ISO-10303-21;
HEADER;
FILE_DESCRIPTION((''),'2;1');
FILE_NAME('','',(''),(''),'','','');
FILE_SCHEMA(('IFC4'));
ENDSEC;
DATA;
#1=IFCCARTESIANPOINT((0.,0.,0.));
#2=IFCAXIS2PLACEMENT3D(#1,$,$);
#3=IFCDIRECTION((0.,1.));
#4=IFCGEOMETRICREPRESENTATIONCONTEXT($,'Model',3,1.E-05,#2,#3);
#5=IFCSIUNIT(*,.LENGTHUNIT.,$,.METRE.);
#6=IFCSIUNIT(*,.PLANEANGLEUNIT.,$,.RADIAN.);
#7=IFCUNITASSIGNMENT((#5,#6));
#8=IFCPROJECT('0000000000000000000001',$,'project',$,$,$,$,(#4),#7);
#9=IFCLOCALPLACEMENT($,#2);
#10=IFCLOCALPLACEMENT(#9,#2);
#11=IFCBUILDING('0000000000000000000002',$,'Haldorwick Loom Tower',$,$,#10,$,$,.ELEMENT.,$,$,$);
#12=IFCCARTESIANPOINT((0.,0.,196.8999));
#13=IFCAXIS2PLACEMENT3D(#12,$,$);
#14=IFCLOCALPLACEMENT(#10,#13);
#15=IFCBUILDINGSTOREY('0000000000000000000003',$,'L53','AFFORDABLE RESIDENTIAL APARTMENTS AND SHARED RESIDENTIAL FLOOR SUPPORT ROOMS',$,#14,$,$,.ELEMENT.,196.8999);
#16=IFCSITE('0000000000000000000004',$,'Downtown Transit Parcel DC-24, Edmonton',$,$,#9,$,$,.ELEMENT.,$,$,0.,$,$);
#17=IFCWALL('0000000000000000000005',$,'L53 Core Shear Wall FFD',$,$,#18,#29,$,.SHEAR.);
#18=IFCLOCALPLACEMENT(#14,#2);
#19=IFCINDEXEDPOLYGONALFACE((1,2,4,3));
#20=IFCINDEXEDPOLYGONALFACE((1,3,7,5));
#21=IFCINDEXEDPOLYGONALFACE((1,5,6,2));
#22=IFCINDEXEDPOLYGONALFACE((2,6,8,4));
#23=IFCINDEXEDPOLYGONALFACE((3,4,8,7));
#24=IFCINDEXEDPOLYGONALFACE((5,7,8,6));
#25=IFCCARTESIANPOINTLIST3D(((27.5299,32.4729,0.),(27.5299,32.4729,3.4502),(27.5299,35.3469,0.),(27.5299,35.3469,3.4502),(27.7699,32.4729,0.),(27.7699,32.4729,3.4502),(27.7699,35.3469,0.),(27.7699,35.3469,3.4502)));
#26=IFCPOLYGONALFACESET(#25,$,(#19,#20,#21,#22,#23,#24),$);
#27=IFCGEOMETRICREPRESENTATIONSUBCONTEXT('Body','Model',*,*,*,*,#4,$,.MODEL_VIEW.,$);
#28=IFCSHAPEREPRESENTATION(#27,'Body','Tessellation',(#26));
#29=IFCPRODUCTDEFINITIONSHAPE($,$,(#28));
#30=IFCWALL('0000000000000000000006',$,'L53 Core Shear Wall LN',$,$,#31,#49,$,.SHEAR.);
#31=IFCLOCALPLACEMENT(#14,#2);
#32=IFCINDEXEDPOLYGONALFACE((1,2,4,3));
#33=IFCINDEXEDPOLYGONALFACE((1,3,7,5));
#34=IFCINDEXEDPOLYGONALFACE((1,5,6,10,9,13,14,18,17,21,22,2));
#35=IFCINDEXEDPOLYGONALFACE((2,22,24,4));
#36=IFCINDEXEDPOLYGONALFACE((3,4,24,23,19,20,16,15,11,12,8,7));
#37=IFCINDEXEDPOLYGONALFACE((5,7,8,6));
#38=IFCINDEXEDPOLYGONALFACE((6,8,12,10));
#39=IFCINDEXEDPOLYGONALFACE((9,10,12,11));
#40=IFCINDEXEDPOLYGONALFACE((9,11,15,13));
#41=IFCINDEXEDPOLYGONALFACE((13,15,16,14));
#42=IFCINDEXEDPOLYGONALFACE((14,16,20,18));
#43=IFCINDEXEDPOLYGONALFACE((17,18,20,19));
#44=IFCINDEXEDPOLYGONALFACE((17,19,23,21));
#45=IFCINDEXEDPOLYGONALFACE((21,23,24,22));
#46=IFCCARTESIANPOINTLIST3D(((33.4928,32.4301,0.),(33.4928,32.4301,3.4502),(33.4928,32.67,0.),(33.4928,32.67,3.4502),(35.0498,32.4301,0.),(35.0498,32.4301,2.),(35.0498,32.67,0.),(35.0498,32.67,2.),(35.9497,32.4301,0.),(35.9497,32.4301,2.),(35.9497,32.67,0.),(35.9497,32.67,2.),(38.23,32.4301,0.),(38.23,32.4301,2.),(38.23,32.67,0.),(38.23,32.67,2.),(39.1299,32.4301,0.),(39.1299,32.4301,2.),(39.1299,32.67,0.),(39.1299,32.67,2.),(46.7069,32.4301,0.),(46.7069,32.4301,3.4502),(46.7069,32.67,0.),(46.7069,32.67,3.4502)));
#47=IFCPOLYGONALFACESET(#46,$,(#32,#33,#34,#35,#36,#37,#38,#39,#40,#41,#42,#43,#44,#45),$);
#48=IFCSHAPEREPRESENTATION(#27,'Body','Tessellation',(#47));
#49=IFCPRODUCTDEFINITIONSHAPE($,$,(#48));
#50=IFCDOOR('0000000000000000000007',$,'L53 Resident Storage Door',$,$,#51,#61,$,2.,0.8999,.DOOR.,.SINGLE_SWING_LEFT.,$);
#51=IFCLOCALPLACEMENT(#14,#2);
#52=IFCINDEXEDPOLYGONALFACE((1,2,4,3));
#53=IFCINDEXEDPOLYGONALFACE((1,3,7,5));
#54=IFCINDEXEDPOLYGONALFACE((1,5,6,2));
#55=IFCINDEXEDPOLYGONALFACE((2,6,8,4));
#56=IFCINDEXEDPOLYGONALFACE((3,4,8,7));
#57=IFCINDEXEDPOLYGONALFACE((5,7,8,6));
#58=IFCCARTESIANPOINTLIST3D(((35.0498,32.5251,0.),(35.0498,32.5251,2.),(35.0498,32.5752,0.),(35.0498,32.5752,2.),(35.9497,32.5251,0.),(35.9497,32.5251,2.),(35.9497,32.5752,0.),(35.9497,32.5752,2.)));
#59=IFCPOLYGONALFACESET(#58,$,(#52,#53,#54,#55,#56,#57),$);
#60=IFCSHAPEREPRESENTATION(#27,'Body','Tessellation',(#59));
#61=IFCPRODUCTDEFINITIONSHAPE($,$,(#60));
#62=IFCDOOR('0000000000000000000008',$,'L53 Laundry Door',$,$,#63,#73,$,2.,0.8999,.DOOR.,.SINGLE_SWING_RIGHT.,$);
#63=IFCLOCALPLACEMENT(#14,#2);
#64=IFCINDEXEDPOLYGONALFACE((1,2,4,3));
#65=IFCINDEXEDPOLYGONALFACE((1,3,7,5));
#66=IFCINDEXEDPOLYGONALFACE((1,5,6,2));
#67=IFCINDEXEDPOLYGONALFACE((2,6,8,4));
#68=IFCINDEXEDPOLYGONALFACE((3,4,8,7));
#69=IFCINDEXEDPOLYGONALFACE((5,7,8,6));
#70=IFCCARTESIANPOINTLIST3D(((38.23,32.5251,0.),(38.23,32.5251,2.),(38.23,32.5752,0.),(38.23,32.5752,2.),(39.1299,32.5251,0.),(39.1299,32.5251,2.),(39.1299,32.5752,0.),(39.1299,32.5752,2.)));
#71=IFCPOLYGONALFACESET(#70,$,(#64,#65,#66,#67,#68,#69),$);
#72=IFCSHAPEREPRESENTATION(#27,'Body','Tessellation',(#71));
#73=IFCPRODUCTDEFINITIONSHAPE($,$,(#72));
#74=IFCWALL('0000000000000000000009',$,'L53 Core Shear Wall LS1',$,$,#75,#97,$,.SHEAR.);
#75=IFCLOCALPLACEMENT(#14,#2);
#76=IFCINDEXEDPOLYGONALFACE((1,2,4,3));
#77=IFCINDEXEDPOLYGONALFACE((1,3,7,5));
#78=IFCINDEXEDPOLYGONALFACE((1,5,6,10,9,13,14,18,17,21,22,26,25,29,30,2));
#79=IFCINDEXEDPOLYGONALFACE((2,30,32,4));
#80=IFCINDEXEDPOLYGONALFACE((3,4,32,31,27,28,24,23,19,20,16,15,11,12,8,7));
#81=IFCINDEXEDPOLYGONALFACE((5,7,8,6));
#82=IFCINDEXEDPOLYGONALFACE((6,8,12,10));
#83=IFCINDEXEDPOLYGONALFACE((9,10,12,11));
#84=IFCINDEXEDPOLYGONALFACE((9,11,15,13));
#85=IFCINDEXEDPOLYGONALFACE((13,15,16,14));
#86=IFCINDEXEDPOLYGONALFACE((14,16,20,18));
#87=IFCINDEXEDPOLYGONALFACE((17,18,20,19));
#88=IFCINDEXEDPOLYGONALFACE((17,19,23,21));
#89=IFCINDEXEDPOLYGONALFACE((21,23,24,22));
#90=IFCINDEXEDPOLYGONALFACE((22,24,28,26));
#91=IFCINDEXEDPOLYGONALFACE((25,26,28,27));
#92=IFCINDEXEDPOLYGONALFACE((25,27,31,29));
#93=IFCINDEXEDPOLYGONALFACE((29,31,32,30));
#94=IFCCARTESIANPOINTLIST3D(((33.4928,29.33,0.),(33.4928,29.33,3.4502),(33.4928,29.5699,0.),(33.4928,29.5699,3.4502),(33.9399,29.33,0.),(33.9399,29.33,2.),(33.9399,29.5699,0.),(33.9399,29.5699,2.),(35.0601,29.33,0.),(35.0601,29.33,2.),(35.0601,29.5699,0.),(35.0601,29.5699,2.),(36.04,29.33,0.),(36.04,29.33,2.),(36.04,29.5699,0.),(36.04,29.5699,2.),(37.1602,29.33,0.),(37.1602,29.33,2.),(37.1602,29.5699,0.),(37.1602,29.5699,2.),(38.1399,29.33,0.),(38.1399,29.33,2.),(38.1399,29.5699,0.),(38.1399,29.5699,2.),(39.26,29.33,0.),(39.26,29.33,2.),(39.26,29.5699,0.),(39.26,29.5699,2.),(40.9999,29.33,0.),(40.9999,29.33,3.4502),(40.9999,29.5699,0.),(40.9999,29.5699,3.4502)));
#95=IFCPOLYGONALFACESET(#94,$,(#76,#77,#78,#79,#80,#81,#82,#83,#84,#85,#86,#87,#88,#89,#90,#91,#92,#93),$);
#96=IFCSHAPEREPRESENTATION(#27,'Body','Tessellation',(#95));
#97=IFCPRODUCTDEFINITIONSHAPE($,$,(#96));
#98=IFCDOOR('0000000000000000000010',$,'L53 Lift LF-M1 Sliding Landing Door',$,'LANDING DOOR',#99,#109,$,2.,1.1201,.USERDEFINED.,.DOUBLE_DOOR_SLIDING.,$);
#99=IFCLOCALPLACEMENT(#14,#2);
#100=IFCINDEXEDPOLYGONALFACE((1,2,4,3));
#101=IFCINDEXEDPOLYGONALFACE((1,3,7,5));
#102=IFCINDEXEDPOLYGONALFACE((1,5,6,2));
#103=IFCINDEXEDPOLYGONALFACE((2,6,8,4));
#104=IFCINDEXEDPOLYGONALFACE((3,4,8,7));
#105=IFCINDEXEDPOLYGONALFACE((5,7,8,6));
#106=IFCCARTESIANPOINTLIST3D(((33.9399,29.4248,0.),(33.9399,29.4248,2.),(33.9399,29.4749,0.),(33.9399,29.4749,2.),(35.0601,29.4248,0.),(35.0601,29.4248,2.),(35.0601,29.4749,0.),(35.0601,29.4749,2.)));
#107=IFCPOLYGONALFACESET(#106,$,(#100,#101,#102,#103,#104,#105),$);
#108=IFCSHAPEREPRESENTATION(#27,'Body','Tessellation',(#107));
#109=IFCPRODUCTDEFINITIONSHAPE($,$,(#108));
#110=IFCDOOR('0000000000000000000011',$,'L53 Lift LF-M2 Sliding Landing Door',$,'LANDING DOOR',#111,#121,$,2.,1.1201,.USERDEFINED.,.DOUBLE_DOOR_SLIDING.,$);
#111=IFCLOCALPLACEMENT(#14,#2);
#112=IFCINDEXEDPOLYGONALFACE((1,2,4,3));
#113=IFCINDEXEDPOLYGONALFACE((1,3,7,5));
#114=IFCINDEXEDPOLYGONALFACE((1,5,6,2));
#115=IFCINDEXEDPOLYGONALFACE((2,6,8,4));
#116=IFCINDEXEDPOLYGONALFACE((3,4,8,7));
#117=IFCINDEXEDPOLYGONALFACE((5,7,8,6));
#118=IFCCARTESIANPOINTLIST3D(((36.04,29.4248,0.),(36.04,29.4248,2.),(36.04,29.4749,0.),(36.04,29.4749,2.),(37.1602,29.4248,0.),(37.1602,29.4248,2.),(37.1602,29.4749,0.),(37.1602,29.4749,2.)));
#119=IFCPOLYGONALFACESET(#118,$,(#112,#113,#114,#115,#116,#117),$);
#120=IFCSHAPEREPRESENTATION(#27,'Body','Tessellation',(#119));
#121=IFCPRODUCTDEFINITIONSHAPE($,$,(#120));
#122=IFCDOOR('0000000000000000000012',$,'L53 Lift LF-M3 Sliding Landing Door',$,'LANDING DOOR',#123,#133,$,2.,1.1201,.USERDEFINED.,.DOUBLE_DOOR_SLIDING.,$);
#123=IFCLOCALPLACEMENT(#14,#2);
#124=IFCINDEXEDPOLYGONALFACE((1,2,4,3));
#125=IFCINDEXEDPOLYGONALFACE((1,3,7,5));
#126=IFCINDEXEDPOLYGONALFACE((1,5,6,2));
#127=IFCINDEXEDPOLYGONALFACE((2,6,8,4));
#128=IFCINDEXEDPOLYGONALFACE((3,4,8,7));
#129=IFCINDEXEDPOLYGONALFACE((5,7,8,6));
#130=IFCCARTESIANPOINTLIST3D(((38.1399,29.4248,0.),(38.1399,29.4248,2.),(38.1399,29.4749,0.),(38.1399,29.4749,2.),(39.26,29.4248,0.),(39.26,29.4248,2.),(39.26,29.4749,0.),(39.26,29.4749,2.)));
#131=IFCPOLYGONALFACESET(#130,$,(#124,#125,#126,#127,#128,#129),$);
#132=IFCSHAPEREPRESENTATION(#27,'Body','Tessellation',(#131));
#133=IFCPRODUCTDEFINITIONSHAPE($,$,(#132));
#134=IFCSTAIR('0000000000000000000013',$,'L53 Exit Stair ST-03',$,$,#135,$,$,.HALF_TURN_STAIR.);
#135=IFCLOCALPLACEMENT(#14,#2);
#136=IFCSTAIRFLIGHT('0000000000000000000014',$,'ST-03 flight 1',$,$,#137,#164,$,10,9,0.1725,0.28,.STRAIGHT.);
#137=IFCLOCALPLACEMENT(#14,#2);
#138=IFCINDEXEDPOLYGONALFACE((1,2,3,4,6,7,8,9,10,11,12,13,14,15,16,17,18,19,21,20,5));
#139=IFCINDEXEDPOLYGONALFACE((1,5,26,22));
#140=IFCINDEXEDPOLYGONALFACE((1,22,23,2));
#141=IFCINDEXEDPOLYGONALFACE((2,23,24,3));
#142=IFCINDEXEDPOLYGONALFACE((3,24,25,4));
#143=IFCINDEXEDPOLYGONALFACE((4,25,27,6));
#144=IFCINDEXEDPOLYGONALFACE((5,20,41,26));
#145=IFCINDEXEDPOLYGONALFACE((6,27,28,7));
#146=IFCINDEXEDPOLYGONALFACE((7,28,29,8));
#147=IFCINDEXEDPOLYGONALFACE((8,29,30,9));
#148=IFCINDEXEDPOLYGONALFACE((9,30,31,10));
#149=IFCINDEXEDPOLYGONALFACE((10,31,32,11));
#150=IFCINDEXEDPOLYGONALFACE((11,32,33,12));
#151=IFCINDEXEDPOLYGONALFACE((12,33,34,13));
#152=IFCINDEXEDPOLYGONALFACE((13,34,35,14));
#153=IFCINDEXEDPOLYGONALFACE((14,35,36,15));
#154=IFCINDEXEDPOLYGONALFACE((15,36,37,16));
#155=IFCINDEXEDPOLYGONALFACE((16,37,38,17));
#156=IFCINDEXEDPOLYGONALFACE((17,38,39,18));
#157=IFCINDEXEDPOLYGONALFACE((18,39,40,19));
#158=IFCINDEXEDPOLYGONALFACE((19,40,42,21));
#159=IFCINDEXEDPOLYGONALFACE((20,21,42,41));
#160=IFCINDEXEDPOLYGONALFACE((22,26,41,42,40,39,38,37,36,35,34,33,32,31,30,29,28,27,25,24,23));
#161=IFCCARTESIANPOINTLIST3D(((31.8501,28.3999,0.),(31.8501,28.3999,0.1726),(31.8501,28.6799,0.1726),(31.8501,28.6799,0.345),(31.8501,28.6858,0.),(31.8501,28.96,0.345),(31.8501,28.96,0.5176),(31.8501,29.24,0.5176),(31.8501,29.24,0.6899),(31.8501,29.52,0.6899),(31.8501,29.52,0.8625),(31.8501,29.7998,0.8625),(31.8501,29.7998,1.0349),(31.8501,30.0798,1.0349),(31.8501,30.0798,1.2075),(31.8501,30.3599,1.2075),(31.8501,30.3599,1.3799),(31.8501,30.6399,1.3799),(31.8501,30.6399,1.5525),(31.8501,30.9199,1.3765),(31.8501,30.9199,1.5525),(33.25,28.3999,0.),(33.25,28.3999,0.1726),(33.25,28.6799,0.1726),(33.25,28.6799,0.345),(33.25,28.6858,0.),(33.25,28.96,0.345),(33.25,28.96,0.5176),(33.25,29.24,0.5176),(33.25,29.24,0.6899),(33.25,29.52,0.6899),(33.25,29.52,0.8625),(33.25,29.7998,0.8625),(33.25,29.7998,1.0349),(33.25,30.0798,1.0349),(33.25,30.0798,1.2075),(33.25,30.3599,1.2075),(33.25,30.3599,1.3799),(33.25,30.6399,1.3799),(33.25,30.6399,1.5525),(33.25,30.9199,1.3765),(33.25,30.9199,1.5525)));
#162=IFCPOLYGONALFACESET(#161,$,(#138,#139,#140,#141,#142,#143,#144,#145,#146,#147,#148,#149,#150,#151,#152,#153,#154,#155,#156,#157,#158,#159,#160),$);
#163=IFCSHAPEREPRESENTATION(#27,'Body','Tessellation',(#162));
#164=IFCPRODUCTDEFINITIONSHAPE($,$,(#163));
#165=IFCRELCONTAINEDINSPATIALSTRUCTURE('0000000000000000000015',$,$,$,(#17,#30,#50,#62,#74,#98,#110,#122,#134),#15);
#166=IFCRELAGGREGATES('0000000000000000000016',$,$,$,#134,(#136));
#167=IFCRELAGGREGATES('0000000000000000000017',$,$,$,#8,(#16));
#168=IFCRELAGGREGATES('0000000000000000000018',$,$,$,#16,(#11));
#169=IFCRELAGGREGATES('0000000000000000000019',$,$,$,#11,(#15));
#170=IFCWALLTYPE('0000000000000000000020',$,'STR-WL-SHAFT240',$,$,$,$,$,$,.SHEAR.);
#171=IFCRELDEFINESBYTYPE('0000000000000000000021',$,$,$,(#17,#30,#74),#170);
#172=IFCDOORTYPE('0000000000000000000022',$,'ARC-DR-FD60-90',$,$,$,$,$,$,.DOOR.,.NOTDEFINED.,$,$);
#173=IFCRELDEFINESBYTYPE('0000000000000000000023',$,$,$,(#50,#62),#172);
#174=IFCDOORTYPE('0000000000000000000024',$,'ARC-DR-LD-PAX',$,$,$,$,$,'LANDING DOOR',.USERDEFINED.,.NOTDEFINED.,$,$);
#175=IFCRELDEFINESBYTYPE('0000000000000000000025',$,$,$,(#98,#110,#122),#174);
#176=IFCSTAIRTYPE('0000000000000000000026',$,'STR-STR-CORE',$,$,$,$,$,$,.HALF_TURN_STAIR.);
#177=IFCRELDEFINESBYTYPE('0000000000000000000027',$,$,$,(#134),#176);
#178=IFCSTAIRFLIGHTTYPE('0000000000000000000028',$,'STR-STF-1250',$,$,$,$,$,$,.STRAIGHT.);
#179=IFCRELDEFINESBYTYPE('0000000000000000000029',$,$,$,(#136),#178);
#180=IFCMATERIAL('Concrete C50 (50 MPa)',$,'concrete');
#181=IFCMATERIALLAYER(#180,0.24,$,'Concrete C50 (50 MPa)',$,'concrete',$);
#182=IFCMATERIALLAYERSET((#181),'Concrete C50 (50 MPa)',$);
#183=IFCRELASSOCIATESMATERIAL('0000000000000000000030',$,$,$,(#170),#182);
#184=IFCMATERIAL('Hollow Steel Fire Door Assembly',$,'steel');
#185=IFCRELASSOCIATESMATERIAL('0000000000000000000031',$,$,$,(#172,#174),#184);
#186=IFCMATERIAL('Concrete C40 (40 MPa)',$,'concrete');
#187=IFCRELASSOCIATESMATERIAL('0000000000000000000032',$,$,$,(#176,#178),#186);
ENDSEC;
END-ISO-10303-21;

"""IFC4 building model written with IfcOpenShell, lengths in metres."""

from ifc_helpers import new_model, si_unit, direction, frame, frame_2d, origin, place, context, subcontext, project, spatial, polyline, rectangle, outline, extrude, material, layer, layer_set, type_object, element, fill, aggregate, save


model = new_model("IFC4")

# Units and contexts
model_context = context("Model", 3, precision=1e-05, world=origin(), true_north=direction((0.0, 1.0)))
body_context = subcontext(model_context, "Body", "Model", "MODEL_VIEW")
ifc_project = project(units=[si_unit("LENGTHUNIT", "METRE"), si_unit("PLANEANGLEUNIT", "RADIAN")], contexts=[model_context])

# Site, building, storey
site_placement = place(None, origin())
site = spatial("IfcSite", under=ifc_project, at=site_placement, Name="Downtown Transit Parcel DC-24, Edmonton", CompositionType="ELEMENT", RefElevation=0.0)
building_placement = place(site_placement, origin())
building = spatial("IfcBuilding", under=site, at=building_placement, Name="Haldorwick Loom Tower", CompositionType="ELEMENT")
storey_placement = place(building_placement, frame((0.0, 0.0, 196.8999)))
storey = spatial("IfcBuildingStorey", under=building, at=storey_placement, Name="L53", Description="AFFORDABLE RESIDENTIAL APARTMENTS AND SHARED RESIDENTIAL FLOOR SUPPORT ROOMS", CompositionType="ELEMENT", Elevation=196.8999)

# Shared definitions
ifc_material_1 = material(Name="Concrete C50 (50 MPa)", Category="concrete")
ifc_layer_1 = layer(ifc_material_1, 0.24, Name="Concrete C50 (50 MPa)", Category="concrete")
ifc_layer_set_1 = layer_set([ifc_layer_1], Name="Concrete C50 (50 MPa)")
wall_type_1 = type_object("IfcWallType", Name="STR-WL-SHAFT240", PredefinedType="SHEAR", material=ifc_layer_set_1)

# Shared definitions
ifc_material_2 = material(Name="Hollow Steel Fire Door Assembly", Category="steel")

# Wall
wall_1_placement = place(storey_placement, frame((27.6499, 32.4729, 0.0), z_axis=(0.0, 0.0, 1.0), x_axis=(0.0, 1.0, 0.0)))
element("IfcWall", 1, at=wall_1_placement, inside=storey, type_object=wall_type_1, Name="L53 Core Shear Wall FFD", PredefinedType="SHEAR", context=body_context, shape_type="SweptSolid", body=[
    extrude(rectangle(XDim=2.874, YDim=0.24, at=frame_2d((1.437, 0.0))), origin(), (0.0, 0.0, 1.0), 3.4502),
])

# Walls, openings, doors
wall_2_placement = place(storey_placement, frame((33.4929, 32.55, 0.0), z_axis=(0.0, 0.0, 1.0), x_axis=(1.0, 0.0, 0.0)))
wall_2 = element("IfcWall", 2, at=wall_2_placement, inside=storey, type_object=wall_type_1, Name="L53 Core Shear Wall LN", PredefinedType="SHEAR", context=body_context, shape_type="SweptSolid", body=[
    extrude(rectangle(XDim=13.2141, YDim=0.24, at=frame_2d((6.6069, 0.0))), origin(), (0.0, 0.0, 1.0), 3.4502),
])
opening_1_placement = place(wall_2_placement, frame((1.5569, 0.0, 0.0)))
opening_1 = element("IfcOpeningElement", 3, at=opening_1_placement, cuts=wall_2, PredefinedType="OPENING", context=body_context, shape_type="SweptSolid", body=[
    extrude(rectangle(XDim=0.8999, YDim=2.0, at=frame_2d((0.45, 1.0))), frame((0.0, 0.1299, 0.0), z_axis=(0.0, -1.0, 0.0), x_axis=(1.0, 0.0, 0.0)), (0.0, 0.0, 1.0), 0.26),
])
opening_2_placement = place(wall_2_placement, frame((4.7371, 0.0, 0.0)))
opening_2 = element("IfcOpeningElement", 4, at=opening_2_placement, cuts=wall_2, PredefinedType="OPENING", context=body_context, shape_type="SweptSolid", body=[
    extrude(rectangle(XDim=0.8999, YDim=2.0, at=frame_2d((0.45, 1.0))), frame((0.0, 0.1299, 0.0), z_axis=(0.0, -1.0, 0.0), x_axis=(1.0, 0.0, 0.0)), (0.0, 0.0, 1.0), 0.26),
])
door_type_1 = type_object("IfcDoorType", Name="ARC-DR-FD60-90", OperationType="NOTDEFINED", PredefinedType="DOOR", material=ifc_material_2)
door_1_placement = place(opening_1_placement, frame((0.8999, 0.0, 0.0), z_axis=(0.0, 0.0, 1.0), x_axis=(-1.0, 0.0, 0.0)))
door_1 = element("IfcDoor", 5, at=door_1_placement, inside=storey, type_object=door_type_1, Name="L53 Resident Storage Door", OperationType="SINGLE_SWING_LEFT", OverallHeight=2.0, OverallWidth=0.8999, PredefinedType="DOOR", context=body_context, shape_type="SweptSolid", body=[
    extrude(rectangle(XDim=0.8999, YDim=2.0, at=frame_2d((0.45, 1.0))), frame((0.0, 0.0249, 0.0), z_axis=(0.0, -1.0, 0.0), x_axis=(1.0, 0.0, 0.0)), (0.0, 0.0, 1.0), 0.05),
])
fill(opening_1, door_1)
door_2_placement = place(opening_2_placement, frame((0.8999, 0.0, 0.0), z_axis=(0.0, 0.0, 1.0), x_axis=(-1.0, 0.0, 0.0)))
door_2 = element("IfcDoor", 6, at=door_2_placement, inside=storey, type_object=door_type_1, Name="L53 Laundry Door", OperationType="SINGLE_SWING_RIGHT", OverallHeight=2.0, OverallWidth=0.8999, PredefinedType="DOOR", context=body_context, shape_type="SweptSolid", body=[
    extrude(rectangle(XDim=0.8999, YDim=2.0, at=frame_2d((0.45, 1.0))), frame((0.0, 0.0249, 0.0), z_axis=(0.0, -1.0, 0.0), x_axis=(1.0, 0.0, 0.0)), (0.0, 0.0, 1.0), 0.05),
])
fill(opening_2, door_2)
wall_3_placement = place(storey_placement, frame((33.4929, 29.45, 0.0), z_axis=(0.0, 0.0, 1.0), x_axis=(1.0, 0.0, 0.0)))
wall_3 = element("IfcWall", 7, at=wall_3_placement, inside=storey, type_object=wall_type_1, Name="L53 Core Shear Wall LS1", PredefinedType="SHEAR", context=body_context, shape_type="SweptSolid", body=[
    extrude(rectangle(XDim=7.5071, YDim=0.24, at=frame_2d((3.7534, 0.0))), origin(), (0.0, 0.0, 1.0), 3.4502),
])
opening_3_placement = place(wall_3_placement, frame((0.447, 0.0, 0.0)))
opening_3 = element("IfcOpeningElement", 8, at=opening_3_placement, cuts=wall_3, PredefinedType="OPENING", context=body_context, shape_type="SweptSolid", body=[
    extrude(rectangle(XDim=1.1201, YDim=2.0, at=frame_2d((0.5601, 1.0))), frame((0.0, 0.1299, 0.0), z_axis=(0.0, -1.0, 0.0), x_axis=(1.0, 0.0, 0.0)), (0.0, 0.0, 1.0), 0.26),
])
opening_4_placement = place(wall_3_placement, frame((2.5471, 0.0, 0.0)))
opening_4 = element("IfcOpeningElement", 9, at=opening_4_placement, cuts=wall_3, PredefinedType="OPENING", context=body_context, shape_type="SweptSolid", body=[
    extrude(rectangle(XDim=1.1201, YDim=2.0, at=frame_2d((0.5601, 1.0))), frame((0.0, 0.1299, 0.0), z_axis=(0.0, -1.0, 0.0), x_axis=(1.0, 0.0, 0.0)), (0.0, 0.0, 1.0), 0.26),
])
opening_5_placement = place(wall_3_placement, frame((4.647, 0.0, 0.0)))
opening_5 = element("IfcOpeningElement", 10, at=opening_5_placement, cuts=wall_3, PredefinedType="OPENING", context=body_context, shape_type="SweptSolid", body=[
    extrude(rectangle(XDim=1.1201, YDim=2.0, at=frame_2d((0.5601, 1.0))), frame((0.0, 0.1299, 0.0), z_axis=(0.0, -1.0, 0.0), x_axis=(1.0, 0.0, 0.0)), (0.0, 0.0, 1.0), 0.26),
])
door_type_2 = type_object("IfcDoorType", Name="ARC-DR-LD-PAX", ElementType="LANDING DOOR", OperationType="NOTDEFINED", PredefinedType="USERDEFINED", material=ifc_material_2)
door_3_placement = place(opening_3_placement, origin())
door_3 = element("IfcDoor", 11, at=door_3_placement, inside=storey, type_object=door_type_2, Name="L53 Lift LF-M1 Sliding Landing Door", ObjectType="LANDING DOOR", OperationType="DOUBLE_DOOR_SLIDING", OverallHeight=2.0, OverallWidth=1.1201, PredefinedType="USERDEFINED", context=body_context, shape_type="SweptSolid", body=[
    extrude(rectangle(XDim=1.1201, YDim=2.0, at=frame_2d((0.5601, 1.0))), frame((0.0, 0.0249, 0.0), z_axis=(0.0, -1.0, 0.0), x_axis=(1.0, 0.0, 0.0)), (0.0, 0.0, 1.0), 0.05),
])
fill(opening_3, door_3)
door_4_placement = place(opening_4_placement, origin())
door_4 = element("IfcDoor", 12, at=door_4_placement, inside=storey, type_object=door_type_2, Name="L53 Lift LF-M2 Sliding Landing Door", ObjectType="LANDING DOOR", OperationType="DOUBLE_DOOR_SLIDING", OverallHeight=2.0, OverallWidth=1.1201, PredefinedType="USERDEFINED", context=body_context, shape_type="SweptSolid", body=[
    extrude(rectangle(XDim=1.1201, YDim=2.0, at=frame_2d((0.5601, 1.0))), frame((0.0, 0.0249, 0.0), z_axis=(0.0, -1.0, 0.0), x_axis=(1.0, 0.0, 0.0)), (0.0, 0.0, 1.0), 0.05),
])
fill(opening_4, door_4)
door_5_placement = place(opening_5_placement, origin())
door_5 = element("IfcDoor", 13, at=door_5_placement, inside=storey, type_object=door_type_2, Name="L53 Lift LF-M3 Sliding Landing Door", ObjectType="LANDING DOOR", OperationType="DOUBLE_DOOR_SLIDING", OverallHeight=2.0, OverallWidth=1.1201, PredefinedType="USERDEFINED", context=body_context, shape_type="SweptSolid", body=[
    extrude(rectangle(XDim=1.1201, YDim=2.0, at=frame_2d((0.5601, 1.0))), frame((0.0, 0.0249, 0.0), z_axis=(0.0, -1.0, 0.0), x_axis=(1.0, 0.0, 0.0)), (0.0, 0.0, 1.0), 0.05),
])
fill(opening_5, door_5)

# Stair, stair flight
ifc_material_3 = material(Name="Concrete C40 (40 MPa)", Category="concrete")
stair_type = type_object("IfcStairType", Name="STR-STR-CORE", PredefinedType="HALF_TURN_STAIR", material=ifc_material_3)
stair_placement = place(storey_placement, origin())
stair = element("IfcStair", 14, at=stair_placement, inside=storey, type_object=stair_type, Name="L53 Exit Stair ST-03", PredefinedType="HALF_TURN_STAIR")
stair_flight_type = type_object("IfcStairFlightType", Name="STR-STF-1250", PredefinedType="STRAIGHT", material=ifc_material_3)
stair_flight_1_placement = place(storey_placement, frame((32.55, 28.3999, 0.0), z_axis=(0.0, 0.0, 1.0), x_axis=(0.0, 1.0, 0.0)))
stair_flight_1 = element("IfcStairFlight", 15, at=stair_flight_1_placement, type_object=stair_flight_type, Name="ST-03 flight 1", NumberOfRisers=10, NumberOfTreads=9, PredefinedType="STRAIGHT", RiserHeight=0.1725, TreadLength=0.28, context=body_context, shape_type="SweptSolid", body=[
    extrude(outline(polyline([(0.0, 0.0), (0.0, 0.1726), (0.28, 0.1726), (0.28, 0.345), (0.5601, 0.345), (0.5601, 0.5176), (0.8401, 0.5176), (0.8401, 0.6899), (1.1201, 0.6899), (1.1201, 0.8625), (1.3999, 0.8625), (1.3999, 1.0349), (1.6799, 1.0349), (1.6799, 1.2075), (1.96, 1.2075), (1.96, 1.3799), (2.24, 1.3799), (2.24, 1.5525), (2.52, 1.5525), (2.52, 1.7251), (2.52, 1.3765), (0.2859, 0.0), (0.0, 0.0)])), frame((0.0, 0.7, 0.0), z_axis=(0.0, -1.0, 0.0), x_axis=(1.0, 0.0, 0.0)), (0.0, 0.0, 1.0), 1.3999),
])
aggregate(stair, [stair_flight_1])

save(model, "model.ifc")
